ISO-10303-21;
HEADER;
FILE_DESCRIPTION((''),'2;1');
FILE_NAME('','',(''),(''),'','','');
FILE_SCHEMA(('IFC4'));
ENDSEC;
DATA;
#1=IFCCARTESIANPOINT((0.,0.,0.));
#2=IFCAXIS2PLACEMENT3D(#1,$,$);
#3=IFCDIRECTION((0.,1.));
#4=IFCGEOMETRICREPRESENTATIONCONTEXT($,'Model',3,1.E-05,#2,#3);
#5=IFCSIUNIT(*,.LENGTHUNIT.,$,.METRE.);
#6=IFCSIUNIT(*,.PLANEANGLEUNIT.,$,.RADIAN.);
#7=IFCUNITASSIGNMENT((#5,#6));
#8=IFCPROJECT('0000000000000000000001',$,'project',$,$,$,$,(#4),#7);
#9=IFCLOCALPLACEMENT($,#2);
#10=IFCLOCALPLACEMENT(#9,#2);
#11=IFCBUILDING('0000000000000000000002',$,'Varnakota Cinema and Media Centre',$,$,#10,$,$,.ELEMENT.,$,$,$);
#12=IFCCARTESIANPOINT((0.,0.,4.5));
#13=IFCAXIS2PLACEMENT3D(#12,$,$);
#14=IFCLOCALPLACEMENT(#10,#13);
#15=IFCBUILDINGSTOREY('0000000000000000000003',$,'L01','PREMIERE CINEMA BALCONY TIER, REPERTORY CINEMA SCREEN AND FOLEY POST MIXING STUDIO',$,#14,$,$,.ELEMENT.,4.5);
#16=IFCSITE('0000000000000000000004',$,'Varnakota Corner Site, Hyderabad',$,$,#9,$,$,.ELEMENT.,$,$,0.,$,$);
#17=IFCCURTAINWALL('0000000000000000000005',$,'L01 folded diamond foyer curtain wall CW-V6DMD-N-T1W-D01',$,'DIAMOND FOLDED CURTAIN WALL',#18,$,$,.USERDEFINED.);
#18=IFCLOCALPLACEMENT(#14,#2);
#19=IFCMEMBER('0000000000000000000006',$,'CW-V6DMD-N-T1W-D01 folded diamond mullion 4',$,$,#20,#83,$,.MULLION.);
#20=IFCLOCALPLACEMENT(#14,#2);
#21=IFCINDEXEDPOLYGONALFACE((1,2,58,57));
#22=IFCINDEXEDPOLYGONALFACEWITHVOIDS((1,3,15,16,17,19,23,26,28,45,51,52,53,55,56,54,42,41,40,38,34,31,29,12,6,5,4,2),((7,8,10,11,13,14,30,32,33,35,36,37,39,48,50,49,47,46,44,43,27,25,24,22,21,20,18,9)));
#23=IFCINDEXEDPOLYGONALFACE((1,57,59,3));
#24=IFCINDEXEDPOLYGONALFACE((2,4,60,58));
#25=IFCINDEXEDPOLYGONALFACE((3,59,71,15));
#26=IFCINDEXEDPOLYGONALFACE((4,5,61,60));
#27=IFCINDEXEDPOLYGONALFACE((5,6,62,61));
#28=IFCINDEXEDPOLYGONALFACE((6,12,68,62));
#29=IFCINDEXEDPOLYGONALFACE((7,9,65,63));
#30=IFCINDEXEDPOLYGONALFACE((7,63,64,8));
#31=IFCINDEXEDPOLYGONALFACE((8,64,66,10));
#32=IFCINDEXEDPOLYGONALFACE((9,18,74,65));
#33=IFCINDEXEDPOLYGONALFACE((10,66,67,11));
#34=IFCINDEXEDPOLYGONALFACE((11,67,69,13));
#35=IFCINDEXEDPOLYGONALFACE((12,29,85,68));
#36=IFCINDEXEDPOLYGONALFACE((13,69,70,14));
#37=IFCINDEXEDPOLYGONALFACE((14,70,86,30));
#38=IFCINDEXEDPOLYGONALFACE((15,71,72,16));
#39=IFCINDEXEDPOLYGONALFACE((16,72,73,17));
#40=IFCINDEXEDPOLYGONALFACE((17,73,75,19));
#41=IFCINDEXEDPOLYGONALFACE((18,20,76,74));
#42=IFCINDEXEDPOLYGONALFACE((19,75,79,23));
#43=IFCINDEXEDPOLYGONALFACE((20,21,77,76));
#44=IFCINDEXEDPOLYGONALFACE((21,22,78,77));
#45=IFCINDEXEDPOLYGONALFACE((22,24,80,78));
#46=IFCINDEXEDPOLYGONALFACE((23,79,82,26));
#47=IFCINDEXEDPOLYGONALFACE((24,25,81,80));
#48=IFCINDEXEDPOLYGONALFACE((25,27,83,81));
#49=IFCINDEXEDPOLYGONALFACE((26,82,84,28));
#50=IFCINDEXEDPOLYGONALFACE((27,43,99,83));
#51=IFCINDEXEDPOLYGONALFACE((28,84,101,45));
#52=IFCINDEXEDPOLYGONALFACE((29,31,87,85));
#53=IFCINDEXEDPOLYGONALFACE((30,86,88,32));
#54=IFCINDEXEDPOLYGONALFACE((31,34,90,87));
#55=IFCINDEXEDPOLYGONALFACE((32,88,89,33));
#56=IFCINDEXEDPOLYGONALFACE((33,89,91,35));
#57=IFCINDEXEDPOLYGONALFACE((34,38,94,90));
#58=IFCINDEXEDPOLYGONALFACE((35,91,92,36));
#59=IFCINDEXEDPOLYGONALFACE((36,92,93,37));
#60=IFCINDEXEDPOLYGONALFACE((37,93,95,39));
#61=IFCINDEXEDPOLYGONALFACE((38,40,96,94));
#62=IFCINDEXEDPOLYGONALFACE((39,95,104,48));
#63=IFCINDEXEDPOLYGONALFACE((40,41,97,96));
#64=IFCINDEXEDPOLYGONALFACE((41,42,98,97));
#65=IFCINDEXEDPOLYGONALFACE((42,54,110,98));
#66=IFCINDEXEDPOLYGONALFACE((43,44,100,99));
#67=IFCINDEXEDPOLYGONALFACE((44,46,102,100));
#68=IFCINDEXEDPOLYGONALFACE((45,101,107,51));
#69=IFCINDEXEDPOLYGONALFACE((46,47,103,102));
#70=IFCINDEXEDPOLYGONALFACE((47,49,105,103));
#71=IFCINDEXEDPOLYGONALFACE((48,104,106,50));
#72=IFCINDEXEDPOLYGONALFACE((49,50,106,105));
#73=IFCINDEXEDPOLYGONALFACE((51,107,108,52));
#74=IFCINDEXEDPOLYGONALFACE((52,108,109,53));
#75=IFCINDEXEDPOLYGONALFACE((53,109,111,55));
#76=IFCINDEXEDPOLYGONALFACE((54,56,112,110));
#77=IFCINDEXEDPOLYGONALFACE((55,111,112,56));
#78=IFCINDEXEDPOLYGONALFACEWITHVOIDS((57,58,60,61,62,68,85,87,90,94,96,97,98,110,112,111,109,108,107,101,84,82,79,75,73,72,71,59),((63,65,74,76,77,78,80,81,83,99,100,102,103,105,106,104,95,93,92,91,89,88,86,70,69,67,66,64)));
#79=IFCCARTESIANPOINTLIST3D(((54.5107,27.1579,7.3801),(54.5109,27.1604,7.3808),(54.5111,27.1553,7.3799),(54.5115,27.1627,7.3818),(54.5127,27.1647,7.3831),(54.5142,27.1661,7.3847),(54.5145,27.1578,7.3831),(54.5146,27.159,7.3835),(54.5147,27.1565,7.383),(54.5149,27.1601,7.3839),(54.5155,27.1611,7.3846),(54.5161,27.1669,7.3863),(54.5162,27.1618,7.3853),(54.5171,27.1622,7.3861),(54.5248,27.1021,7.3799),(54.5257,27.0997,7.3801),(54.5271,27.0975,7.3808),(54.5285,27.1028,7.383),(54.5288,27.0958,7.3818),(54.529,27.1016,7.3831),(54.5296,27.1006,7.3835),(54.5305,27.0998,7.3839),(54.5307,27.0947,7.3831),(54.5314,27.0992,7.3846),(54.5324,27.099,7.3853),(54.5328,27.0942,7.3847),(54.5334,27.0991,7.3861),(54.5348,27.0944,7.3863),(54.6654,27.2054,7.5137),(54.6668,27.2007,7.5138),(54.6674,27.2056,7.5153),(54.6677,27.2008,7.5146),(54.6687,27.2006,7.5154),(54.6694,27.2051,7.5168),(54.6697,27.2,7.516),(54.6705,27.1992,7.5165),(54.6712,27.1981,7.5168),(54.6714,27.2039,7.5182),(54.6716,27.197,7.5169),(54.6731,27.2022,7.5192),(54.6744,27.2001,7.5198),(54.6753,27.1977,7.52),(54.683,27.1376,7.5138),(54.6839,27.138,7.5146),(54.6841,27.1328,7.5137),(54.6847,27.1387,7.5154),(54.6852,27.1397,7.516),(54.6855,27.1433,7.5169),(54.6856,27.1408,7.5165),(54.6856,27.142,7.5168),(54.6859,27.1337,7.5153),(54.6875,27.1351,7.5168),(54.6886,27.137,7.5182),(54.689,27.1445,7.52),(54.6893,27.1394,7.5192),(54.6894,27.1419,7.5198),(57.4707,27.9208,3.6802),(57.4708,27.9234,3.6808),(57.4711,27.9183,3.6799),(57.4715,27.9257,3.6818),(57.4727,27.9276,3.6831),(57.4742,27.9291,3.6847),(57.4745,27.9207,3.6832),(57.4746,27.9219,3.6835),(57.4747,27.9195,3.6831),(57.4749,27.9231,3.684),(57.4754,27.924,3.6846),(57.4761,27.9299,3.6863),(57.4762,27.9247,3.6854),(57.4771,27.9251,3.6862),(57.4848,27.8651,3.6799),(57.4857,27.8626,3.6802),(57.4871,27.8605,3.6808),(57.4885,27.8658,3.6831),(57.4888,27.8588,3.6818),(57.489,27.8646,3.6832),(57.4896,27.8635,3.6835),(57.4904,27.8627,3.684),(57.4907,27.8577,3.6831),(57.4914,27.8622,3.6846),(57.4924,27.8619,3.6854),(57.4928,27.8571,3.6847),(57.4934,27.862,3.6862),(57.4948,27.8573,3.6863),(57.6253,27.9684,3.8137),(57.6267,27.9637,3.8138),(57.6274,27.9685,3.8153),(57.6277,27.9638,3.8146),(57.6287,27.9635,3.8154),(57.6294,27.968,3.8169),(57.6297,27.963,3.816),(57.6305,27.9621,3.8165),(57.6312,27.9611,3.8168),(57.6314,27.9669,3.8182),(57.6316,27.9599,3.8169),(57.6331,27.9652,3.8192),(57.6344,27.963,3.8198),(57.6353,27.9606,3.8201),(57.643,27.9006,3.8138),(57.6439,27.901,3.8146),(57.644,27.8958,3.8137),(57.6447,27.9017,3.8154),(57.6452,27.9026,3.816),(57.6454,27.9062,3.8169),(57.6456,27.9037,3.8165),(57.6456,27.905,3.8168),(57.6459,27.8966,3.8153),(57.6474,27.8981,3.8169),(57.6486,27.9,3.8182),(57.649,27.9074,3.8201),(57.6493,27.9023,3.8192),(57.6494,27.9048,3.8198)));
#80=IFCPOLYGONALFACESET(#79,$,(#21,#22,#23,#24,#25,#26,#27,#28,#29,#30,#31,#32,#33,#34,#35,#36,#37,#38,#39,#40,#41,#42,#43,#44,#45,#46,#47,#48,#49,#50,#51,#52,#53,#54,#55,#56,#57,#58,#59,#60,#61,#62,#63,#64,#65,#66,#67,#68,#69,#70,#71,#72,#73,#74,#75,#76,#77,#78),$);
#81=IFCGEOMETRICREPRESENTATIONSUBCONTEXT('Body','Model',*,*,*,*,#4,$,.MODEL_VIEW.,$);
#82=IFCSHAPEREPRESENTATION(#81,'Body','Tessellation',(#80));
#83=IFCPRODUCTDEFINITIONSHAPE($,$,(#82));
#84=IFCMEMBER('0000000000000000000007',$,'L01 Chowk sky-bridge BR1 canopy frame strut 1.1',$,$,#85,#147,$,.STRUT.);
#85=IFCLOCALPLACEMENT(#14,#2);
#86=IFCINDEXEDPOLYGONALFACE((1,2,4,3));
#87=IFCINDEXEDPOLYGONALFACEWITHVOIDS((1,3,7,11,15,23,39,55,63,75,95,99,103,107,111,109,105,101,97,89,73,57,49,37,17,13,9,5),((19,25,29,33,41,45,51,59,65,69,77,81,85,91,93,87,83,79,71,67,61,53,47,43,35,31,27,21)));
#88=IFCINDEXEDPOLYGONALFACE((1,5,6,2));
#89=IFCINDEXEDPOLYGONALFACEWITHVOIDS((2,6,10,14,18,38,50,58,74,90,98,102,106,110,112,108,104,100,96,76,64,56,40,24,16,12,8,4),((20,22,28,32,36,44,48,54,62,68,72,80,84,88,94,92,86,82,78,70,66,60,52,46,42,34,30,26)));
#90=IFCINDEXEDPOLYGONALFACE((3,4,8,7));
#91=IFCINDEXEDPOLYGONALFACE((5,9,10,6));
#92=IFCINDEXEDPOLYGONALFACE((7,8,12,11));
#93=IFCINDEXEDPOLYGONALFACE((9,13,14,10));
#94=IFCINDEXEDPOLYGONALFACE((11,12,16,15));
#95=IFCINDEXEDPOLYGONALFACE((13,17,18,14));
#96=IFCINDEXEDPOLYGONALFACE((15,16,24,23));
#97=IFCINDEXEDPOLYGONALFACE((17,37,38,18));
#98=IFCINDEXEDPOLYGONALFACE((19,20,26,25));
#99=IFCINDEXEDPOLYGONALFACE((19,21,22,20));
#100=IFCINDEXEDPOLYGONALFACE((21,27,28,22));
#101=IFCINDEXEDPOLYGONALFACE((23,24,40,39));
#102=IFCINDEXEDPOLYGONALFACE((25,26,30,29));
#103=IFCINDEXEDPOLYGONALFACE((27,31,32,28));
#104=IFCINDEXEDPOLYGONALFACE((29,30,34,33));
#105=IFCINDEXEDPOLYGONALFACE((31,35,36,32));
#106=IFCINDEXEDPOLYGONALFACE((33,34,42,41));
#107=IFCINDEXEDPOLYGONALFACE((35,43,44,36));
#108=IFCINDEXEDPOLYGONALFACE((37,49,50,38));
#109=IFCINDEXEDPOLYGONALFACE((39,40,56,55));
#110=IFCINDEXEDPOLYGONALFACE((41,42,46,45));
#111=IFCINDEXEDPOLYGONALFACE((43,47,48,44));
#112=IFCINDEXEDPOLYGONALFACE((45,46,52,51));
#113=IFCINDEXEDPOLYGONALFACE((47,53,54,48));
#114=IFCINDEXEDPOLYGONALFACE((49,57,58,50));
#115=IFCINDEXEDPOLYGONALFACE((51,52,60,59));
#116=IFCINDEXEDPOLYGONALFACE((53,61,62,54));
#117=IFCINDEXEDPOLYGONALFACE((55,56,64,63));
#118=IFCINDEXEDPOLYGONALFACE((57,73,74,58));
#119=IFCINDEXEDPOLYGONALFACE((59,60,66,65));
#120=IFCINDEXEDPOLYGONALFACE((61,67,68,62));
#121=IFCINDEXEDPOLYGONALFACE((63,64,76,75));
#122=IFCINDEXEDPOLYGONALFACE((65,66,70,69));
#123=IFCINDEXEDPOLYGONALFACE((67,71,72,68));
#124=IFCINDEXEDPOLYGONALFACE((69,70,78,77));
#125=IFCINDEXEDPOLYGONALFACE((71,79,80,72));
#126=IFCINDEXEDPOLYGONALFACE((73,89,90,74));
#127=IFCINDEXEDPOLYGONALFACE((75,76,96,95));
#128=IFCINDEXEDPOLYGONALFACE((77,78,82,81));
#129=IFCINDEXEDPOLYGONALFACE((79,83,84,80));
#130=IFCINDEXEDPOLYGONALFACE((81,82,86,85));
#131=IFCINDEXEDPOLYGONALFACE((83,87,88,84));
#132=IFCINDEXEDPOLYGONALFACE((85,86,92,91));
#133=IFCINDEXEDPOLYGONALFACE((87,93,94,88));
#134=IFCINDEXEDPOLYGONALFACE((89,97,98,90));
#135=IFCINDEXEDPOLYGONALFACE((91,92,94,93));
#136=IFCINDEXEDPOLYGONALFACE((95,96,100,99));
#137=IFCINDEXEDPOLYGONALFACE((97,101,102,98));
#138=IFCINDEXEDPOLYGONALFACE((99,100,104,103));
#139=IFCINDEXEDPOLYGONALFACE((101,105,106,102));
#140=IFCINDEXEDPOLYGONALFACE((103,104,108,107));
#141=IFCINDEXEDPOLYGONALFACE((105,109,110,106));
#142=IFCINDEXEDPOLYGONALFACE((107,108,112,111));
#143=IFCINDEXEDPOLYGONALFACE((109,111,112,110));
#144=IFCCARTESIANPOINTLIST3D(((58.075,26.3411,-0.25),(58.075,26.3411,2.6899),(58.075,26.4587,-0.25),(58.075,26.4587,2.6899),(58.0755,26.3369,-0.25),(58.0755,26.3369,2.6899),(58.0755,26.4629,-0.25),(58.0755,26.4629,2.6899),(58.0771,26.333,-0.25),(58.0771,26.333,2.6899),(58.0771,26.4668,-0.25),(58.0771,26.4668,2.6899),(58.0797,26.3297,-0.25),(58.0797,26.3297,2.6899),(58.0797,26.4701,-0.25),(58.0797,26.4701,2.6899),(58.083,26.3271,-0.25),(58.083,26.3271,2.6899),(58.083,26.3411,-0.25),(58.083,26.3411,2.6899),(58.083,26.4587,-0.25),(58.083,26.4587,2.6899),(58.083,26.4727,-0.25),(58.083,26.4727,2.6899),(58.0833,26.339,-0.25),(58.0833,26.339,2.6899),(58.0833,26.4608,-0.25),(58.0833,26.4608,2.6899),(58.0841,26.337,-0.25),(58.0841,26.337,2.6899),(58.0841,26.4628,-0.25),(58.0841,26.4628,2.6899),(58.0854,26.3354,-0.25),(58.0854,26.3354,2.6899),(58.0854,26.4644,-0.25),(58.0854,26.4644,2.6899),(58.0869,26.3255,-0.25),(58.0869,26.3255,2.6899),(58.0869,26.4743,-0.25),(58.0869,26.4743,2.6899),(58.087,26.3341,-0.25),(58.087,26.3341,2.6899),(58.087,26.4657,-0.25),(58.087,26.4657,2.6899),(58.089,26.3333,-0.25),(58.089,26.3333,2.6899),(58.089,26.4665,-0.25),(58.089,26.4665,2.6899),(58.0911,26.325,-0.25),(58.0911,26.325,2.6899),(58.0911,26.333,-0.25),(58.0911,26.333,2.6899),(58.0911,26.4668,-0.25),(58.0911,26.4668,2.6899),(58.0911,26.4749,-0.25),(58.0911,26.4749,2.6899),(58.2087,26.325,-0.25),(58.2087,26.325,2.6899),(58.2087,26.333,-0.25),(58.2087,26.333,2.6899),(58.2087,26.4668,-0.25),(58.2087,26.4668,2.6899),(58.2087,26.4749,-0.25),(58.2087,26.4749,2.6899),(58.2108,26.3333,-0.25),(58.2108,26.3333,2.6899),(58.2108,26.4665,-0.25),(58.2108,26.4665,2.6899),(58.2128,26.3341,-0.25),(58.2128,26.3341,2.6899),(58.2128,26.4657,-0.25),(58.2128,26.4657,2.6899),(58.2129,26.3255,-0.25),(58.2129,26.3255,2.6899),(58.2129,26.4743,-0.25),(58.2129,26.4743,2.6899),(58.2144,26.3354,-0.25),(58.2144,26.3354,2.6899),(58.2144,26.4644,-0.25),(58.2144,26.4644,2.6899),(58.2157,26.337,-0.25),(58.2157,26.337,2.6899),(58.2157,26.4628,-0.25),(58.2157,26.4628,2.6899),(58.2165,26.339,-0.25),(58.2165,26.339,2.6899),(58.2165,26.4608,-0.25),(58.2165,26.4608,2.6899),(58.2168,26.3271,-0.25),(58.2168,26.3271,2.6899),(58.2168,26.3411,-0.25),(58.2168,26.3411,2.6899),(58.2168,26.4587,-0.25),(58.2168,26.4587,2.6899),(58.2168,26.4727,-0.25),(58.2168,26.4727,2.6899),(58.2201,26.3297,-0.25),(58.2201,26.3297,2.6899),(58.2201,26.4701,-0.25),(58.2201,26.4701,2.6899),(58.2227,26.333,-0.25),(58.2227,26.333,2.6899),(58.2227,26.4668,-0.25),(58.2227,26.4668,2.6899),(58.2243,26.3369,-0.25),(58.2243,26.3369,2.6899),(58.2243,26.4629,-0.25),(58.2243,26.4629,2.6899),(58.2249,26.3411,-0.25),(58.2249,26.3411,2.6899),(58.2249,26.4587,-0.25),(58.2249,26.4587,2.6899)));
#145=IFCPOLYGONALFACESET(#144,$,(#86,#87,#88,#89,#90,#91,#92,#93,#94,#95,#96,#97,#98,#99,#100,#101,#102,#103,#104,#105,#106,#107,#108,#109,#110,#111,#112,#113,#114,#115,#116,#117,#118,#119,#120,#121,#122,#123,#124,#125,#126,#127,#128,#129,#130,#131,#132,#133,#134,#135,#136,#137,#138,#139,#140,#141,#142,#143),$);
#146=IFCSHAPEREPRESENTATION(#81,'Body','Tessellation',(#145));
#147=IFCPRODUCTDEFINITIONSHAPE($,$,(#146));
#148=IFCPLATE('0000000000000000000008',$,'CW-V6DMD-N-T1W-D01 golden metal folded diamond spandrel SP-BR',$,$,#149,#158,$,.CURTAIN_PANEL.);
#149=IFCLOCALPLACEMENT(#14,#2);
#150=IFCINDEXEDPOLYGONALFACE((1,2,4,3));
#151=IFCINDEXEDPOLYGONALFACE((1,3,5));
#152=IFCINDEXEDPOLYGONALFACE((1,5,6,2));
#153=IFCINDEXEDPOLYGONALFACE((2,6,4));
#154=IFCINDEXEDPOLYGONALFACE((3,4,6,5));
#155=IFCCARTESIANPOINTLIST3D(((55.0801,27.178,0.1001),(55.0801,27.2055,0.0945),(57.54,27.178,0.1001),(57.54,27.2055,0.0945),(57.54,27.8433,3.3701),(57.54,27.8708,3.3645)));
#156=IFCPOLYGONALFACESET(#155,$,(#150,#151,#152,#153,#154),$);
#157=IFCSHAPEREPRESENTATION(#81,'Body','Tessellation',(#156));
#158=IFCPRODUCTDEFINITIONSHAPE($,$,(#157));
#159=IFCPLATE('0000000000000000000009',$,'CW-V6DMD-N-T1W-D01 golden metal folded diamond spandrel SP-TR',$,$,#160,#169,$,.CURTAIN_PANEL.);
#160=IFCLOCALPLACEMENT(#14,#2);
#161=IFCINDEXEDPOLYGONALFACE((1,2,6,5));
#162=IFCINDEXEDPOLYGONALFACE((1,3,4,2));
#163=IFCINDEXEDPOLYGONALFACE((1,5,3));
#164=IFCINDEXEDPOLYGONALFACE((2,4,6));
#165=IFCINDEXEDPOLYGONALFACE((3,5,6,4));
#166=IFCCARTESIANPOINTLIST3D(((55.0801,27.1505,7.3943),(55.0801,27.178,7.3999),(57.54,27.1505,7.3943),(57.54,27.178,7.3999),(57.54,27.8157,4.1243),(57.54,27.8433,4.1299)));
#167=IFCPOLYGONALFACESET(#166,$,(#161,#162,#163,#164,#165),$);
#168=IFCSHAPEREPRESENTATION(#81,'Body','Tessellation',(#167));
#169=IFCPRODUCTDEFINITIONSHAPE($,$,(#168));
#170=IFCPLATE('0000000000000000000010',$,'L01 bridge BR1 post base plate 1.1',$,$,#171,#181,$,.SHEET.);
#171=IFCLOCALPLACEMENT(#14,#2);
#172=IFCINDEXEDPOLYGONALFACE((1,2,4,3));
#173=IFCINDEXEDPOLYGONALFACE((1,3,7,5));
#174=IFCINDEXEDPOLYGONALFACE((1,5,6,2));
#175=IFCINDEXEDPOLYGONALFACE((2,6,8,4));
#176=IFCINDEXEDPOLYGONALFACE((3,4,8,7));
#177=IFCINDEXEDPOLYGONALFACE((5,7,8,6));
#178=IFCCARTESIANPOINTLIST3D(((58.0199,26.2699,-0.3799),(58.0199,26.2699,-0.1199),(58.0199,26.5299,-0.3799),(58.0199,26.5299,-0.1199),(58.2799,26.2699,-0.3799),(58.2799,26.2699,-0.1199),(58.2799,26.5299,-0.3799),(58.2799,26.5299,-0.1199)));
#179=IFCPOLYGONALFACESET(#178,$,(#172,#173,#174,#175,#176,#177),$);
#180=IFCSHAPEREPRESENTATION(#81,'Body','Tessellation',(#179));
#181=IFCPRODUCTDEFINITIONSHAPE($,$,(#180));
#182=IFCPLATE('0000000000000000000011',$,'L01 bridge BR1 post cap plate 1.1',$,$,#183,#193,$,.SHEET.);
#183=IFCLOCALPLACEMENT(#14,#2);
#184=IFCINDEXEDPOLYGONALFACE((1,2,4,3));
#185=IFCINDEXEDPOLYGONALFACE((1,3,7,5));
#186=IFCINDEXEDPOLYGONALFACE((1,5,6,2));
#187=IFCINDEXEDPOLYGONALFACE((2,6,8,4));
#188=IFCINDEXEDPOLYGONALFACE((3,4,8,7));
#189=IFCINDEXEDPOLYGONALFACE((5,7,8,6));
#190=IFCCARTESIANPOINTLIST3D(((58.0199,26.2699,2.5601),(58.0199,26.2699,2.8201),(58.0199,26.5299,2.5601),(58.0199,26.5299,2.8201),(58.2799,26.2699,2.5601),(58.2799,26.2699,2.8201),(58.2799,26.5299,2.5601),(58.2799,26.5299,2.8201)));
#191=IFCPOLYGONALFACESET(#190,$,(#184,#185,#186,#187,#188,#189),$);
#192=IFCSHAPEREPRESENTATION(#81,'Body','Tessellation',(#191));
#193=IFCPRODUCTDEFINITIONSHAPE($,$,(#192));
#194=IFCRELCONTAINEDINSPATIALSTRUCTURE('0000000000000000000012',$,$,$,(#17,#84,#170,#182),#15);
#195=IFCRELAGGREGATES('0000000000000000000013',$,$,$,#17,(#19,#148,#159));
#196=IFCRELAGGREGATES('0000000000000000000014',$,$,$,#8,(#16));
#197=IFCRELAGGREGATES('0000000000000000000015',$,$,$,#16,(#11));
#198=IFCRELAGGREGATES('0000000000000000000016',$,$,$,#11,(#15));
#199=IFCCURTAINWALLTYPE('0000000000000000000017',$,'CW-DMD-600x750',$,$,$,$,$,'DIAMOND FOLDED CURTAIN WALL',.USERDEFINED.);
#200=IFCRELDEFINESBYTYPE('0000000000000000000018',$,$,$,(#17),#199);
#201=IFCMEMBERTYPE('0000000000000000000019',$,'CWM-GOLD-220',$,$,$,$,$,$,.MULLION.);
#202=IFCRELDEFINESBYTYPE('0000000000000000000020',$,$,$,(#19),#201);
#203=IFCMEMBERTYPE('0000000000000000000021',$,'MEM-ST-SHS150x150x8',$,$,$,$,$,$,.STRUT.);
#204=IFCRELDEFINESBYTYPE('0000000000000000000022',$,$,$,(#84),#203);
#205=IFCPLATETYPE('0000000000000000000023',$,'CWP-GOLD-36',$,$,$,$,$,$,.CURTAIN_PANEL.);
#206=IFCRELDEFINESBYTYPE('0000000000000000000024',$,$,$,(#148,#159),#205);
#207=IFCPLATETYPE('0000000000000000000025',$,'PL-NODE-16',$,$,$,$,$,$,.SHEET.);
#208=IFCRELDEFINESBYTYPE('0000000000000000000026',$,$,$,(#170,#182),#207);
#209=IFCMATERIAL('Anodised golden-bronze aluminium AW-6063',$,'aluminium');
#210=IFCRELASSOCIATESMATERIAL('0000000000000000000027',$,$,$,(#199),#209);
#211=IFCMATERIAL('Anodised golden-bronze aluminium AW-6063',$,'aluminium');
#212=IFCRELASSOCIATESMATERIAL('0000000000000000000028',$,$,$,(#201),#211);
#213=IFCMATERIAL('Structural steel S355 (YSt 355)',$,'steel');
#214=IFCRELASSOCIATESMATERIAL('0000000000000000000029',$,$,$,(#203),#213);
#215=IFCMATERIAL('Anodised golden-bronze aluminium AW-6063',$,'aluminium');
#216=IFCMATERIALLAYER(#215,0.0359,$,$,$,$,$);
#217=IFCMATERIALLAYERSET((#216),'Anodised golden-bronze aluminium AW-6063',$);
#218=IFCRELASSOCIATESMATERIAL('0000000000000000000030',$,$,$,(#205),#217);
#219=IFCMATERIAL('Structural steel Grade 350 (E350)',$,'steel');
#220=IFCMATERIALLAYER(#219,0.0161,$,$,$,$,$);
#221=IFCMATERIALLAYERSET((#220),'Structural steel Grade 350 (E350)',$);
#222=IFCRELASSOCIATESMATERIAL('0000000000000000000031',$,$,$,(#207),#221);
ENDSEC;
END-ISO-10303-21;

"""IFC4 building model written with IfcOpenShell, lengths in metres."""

from ifc_helpers import new_model, si_unit, direction, frame, origin, origin_2d, place, context, subcontext, project, spatial, polyline, rectangle, hollow_rectangle, outline, extrude, material, layer, layer_set, material_profile, profile_set, type_object, element, aggregate, save


model = new_model("IFC4")

# Units and contexts
model_context = context("Model", 3, precision=1e-05, world=origin(), true_north=direction((0.0, 1.0)))
body_context = subcontext(model_context, "Body", "Model", "MODEL_VIEW")
ifc_project = project(units=[si_unit("LENGTHUNIT", "METRE"), si_unit("PLANEANGLEUNIT", "RADIAN")], contexts=[model_context])

# Site, building, storey
site_placement = place(None, origin())
site = spatial("IfcSite", under=ifc_project, at=site_placement, Name="Varnakota Corner Site, Hyderabad", CompositionType="ELEMENT", RefElevation=0.0)
building_placement = place(site_placement, origin())
building = spatial("IfcBuilding", under=site, at=building_placement, Name="Varnakota Cinema and Media Centre", CompositionType="ELEMENT")
storey_placement = place(building_placement, frame((0.0, 0.0, 4.5)))
storey = spatial("IfcBuildingStorey", under=building, at=storey_placement, Name="L01", Description="PREMIERE CINEMA BALCONY TIER, REPERTORY CINEMA SCREEN AND FOLEY POST MIXING STUDIO", CompositionType="ELEMENT", Elevation=4.5)

# Curtain wall, member
ifc_material_1 = material(Name="Anodised golden-bronze aluminium AW-6063", Category="aluminium")
curtain_wall_type = type_object("IfcCurtainWallType", Name="CW-DMD-600x750", ElementType="DIAMOND FOLDED CURTAIN WALL", PredefinedType="USERDEFINED", material=ifc_material_1)
curtain_wall_placement = place(storey_placement, origin())
curtain_wall = element("IfcCurtainWall", 1, at=curtain_wall_placement, inside=storey, type_object=curtain_wall_type, Name="L01 folded diamond foyer curtain wall CW-V6DMD-N-T1W-D01", ObjectType="DIAMOND FOLDED CURTAIN WALL", PredefinedType="USERDEFINED")
ifc_material_2 = material(Name="Anodised golden-bronze aluminium AW-6063", Category="aluminium")
ifc_material_profile_1 = material_profile(ifc_material_2, hollow_rectangle(XDim=0.075, YDim=0.22, WallThickness=0.0049, InnerFilletRadius=0.0049, OuterFilletRadius=0.01, at=origin_2d()), Name="AL-MULLION 220x75x5")
ifc_profile_set_1 = profile_set([ifc_material_profile_1], Name="Anodised golden-bronze aluminium AW-6063")
member_type_1 = type_object("IfcMemberType", Name="CWM-GOLD-220", PredefinedType="MULLION", material=ifc_profile_set_1)
member_1_placement = place(storey_placement, frame((57.5601, 27.9128, 3.75), z_axis=(-0.616751, -0.15897, 0.770939), x_axis=(0.249595, -0.96835, 0.0)))
member_1 = element("IfcMember", 2, at=member_1_placement, type_object=member_type_1, Name="CW-V6DMD-N-T1W-D01 folded diamond mullion 4", PredefinedType="MULLION", context=body_context, shape_type="SweptSolid", body=[
    extrude(hollow_rectangle(XDim=0.075, YDim=0.22, WallThickness=0.0049, InnerFilletRadius=0.0049, OuterFilletRadius=0.01, at=origin_2d()), origin(), (0.0, 0.0, 1.0), 4.7993),
])

# Member
ifc_material_3 = material(Name="Structural steel S355 (YSt 355)", Category="steel")
ifc_material_profile_2 = material_profile(ifc_material_3, hollow_rectangle(XDim=0.1499, YDim=0.1499, WallThickness=0.0081, InnerFilletRadius=0.0081, OuterFilletRadius=0.0161, at=origin_2d()), Name="SHS 150x150x8")
ifc_profile_set_2 = profile_set([ifc_material_profile_2], Name="Structural steel S355 (YSt 355)")
member_type_2 = type_object("IfcMemberType", Name="MEM-ST-SHS150x150x8", PredefinedType="STRUT", material=ifc_profile_set_2)
member_2_placement = place(storey_placement, frame((58.1499, 26.3999, -0.25), z_axis=(0.0, 0.0, 1.0), x_axis=(1.0, 0.0, 0.0)))
element("IfcMember", 3, at=member_2_placement, inside=storey, type_object=member_type_2, Name="L01 Chowk sky-bridge BR1 canopy frame strut 1.1", PredefinedType="STRUT", context=body_context, shape_type="SweptSolid", body=[
    extrude(hollow_rectangle(XDim=0.1499, YDim=0.1499, WallThickness=0.0081, InnerFilletRadius=0.0081, OuterFilletRadius=0.0161, at=origin_2d()), origin(), (0.0, 0.0, 1.0), 2.9399),
])

# Plates
ifc_material_4 = material(Name="Anodised golden-bronze aluminium AW-6063", Category="aluminium")
ifc_layer_1 = layer(ifc_material_4, 0.0359)
ifc_layer_set_1 = layer_set([ifc_layer_1], Name="Anodised golden-bronze aluminium AW-6063")
plate_type_1 = type_object("IfcPlateType", Name="CWP-GOLD-36", PredefinedType="CURTAIN_PANEL", material=ifc_layer_set_1)
plate_1_placement = place(storey_placement, frame((55.0801, 27.178, 0.1001), z_axis=(0.0, -0.979925, 0.199365), x_axis=(1.0, 0.0, 0.0)))
plate_1 = element("IfcPlate", 4, at=plate_1_placement, type_object=plate_type_1, Name="CW-V6DMD-N-T1W-D01 golden metal folded diamond spandrel SP-BR", PredefinedType="CURTAIN_PANEL", context=body_context, shape_type="SweptSolid", body=[
    extrude(outline(polyline([(0.0, 0.0), (2.46, 0.0), (2.46, 3.337), (0.0, 0.0)])), origin(), (0.0, 0.0, -1.0), 0.0281),
])
plate_2_placement = place(storey_placement, frame((57.54, 27.8433, 4.1299), z_axis=(0.0, 0.979925, 0.199365), x_axis=(0.0, -0.199365, 0.979925)))
plate_2 = element("IfcPlate", 5, at=plate_2_placement, type_object=plate_type_1, Name="CW-V6DMD-N-T1W-D01 golden metal folded diamond spandrel SP-TR", PredefinedType="CURTAIN_PANEL", context=body_context, shape_type="SweptSolid", body=[
    extrude(outline(polyline([(0.0, 0.0), (3.337, 0.0), (3.337, -2.46), (0.0, 0.0)])), origin(), (0.0, 0.0, -1.0), 0.0281),
])
aggregate(curtain_wall, [member_1, plate_1, plate_2])

# Plates
ifc_material_5 = material(Name="Structural steel Grade 350 (E350)", Category="steel")
ifc_layer_2 = layer(ifc_material_5, 0.0161)
ifc_layer_set_2 = layer_set([ifc_layer_2], Name="Structural steel Grade 350 (E350)")
plate_type_2 = type_object("IfcPlateType", Name="PL-NODE-16", PredefinedType="SHEET", material=ifc_layer_set_2)
for number, where, z_axis, x_axis, name in (
    (6, (58.1499, 26.3999, -0.3799), (0.0, 0.0, 1.0), (1.0, 0.0, 0.0), "L01 bridge BR1 post base plate 1.1"),
    (7, (58.1499, 26.3999, 2.5601), (0.0, 0.0, 1.0), (1.0, 0.0, 0.0), "L01 bridge BR1 post cap plate 1.1"),
):
    element("IfcPlate", number, at=place(storey_placement, frame(where, z_axis=z_axis, x_axis=x_axis)), inside=storey, type_object=plate_type_2, Name=name, PredefinedType="SHEET", context=body_context, shape_type="SweptSolid", body=[
        extrude(rectangle(XDim=0.26, YDim=0.26, at=origin_2d()), origin(), (0.0, 0.0, 1.0), 0.26),
    ])

save(model, "model.ifc")
